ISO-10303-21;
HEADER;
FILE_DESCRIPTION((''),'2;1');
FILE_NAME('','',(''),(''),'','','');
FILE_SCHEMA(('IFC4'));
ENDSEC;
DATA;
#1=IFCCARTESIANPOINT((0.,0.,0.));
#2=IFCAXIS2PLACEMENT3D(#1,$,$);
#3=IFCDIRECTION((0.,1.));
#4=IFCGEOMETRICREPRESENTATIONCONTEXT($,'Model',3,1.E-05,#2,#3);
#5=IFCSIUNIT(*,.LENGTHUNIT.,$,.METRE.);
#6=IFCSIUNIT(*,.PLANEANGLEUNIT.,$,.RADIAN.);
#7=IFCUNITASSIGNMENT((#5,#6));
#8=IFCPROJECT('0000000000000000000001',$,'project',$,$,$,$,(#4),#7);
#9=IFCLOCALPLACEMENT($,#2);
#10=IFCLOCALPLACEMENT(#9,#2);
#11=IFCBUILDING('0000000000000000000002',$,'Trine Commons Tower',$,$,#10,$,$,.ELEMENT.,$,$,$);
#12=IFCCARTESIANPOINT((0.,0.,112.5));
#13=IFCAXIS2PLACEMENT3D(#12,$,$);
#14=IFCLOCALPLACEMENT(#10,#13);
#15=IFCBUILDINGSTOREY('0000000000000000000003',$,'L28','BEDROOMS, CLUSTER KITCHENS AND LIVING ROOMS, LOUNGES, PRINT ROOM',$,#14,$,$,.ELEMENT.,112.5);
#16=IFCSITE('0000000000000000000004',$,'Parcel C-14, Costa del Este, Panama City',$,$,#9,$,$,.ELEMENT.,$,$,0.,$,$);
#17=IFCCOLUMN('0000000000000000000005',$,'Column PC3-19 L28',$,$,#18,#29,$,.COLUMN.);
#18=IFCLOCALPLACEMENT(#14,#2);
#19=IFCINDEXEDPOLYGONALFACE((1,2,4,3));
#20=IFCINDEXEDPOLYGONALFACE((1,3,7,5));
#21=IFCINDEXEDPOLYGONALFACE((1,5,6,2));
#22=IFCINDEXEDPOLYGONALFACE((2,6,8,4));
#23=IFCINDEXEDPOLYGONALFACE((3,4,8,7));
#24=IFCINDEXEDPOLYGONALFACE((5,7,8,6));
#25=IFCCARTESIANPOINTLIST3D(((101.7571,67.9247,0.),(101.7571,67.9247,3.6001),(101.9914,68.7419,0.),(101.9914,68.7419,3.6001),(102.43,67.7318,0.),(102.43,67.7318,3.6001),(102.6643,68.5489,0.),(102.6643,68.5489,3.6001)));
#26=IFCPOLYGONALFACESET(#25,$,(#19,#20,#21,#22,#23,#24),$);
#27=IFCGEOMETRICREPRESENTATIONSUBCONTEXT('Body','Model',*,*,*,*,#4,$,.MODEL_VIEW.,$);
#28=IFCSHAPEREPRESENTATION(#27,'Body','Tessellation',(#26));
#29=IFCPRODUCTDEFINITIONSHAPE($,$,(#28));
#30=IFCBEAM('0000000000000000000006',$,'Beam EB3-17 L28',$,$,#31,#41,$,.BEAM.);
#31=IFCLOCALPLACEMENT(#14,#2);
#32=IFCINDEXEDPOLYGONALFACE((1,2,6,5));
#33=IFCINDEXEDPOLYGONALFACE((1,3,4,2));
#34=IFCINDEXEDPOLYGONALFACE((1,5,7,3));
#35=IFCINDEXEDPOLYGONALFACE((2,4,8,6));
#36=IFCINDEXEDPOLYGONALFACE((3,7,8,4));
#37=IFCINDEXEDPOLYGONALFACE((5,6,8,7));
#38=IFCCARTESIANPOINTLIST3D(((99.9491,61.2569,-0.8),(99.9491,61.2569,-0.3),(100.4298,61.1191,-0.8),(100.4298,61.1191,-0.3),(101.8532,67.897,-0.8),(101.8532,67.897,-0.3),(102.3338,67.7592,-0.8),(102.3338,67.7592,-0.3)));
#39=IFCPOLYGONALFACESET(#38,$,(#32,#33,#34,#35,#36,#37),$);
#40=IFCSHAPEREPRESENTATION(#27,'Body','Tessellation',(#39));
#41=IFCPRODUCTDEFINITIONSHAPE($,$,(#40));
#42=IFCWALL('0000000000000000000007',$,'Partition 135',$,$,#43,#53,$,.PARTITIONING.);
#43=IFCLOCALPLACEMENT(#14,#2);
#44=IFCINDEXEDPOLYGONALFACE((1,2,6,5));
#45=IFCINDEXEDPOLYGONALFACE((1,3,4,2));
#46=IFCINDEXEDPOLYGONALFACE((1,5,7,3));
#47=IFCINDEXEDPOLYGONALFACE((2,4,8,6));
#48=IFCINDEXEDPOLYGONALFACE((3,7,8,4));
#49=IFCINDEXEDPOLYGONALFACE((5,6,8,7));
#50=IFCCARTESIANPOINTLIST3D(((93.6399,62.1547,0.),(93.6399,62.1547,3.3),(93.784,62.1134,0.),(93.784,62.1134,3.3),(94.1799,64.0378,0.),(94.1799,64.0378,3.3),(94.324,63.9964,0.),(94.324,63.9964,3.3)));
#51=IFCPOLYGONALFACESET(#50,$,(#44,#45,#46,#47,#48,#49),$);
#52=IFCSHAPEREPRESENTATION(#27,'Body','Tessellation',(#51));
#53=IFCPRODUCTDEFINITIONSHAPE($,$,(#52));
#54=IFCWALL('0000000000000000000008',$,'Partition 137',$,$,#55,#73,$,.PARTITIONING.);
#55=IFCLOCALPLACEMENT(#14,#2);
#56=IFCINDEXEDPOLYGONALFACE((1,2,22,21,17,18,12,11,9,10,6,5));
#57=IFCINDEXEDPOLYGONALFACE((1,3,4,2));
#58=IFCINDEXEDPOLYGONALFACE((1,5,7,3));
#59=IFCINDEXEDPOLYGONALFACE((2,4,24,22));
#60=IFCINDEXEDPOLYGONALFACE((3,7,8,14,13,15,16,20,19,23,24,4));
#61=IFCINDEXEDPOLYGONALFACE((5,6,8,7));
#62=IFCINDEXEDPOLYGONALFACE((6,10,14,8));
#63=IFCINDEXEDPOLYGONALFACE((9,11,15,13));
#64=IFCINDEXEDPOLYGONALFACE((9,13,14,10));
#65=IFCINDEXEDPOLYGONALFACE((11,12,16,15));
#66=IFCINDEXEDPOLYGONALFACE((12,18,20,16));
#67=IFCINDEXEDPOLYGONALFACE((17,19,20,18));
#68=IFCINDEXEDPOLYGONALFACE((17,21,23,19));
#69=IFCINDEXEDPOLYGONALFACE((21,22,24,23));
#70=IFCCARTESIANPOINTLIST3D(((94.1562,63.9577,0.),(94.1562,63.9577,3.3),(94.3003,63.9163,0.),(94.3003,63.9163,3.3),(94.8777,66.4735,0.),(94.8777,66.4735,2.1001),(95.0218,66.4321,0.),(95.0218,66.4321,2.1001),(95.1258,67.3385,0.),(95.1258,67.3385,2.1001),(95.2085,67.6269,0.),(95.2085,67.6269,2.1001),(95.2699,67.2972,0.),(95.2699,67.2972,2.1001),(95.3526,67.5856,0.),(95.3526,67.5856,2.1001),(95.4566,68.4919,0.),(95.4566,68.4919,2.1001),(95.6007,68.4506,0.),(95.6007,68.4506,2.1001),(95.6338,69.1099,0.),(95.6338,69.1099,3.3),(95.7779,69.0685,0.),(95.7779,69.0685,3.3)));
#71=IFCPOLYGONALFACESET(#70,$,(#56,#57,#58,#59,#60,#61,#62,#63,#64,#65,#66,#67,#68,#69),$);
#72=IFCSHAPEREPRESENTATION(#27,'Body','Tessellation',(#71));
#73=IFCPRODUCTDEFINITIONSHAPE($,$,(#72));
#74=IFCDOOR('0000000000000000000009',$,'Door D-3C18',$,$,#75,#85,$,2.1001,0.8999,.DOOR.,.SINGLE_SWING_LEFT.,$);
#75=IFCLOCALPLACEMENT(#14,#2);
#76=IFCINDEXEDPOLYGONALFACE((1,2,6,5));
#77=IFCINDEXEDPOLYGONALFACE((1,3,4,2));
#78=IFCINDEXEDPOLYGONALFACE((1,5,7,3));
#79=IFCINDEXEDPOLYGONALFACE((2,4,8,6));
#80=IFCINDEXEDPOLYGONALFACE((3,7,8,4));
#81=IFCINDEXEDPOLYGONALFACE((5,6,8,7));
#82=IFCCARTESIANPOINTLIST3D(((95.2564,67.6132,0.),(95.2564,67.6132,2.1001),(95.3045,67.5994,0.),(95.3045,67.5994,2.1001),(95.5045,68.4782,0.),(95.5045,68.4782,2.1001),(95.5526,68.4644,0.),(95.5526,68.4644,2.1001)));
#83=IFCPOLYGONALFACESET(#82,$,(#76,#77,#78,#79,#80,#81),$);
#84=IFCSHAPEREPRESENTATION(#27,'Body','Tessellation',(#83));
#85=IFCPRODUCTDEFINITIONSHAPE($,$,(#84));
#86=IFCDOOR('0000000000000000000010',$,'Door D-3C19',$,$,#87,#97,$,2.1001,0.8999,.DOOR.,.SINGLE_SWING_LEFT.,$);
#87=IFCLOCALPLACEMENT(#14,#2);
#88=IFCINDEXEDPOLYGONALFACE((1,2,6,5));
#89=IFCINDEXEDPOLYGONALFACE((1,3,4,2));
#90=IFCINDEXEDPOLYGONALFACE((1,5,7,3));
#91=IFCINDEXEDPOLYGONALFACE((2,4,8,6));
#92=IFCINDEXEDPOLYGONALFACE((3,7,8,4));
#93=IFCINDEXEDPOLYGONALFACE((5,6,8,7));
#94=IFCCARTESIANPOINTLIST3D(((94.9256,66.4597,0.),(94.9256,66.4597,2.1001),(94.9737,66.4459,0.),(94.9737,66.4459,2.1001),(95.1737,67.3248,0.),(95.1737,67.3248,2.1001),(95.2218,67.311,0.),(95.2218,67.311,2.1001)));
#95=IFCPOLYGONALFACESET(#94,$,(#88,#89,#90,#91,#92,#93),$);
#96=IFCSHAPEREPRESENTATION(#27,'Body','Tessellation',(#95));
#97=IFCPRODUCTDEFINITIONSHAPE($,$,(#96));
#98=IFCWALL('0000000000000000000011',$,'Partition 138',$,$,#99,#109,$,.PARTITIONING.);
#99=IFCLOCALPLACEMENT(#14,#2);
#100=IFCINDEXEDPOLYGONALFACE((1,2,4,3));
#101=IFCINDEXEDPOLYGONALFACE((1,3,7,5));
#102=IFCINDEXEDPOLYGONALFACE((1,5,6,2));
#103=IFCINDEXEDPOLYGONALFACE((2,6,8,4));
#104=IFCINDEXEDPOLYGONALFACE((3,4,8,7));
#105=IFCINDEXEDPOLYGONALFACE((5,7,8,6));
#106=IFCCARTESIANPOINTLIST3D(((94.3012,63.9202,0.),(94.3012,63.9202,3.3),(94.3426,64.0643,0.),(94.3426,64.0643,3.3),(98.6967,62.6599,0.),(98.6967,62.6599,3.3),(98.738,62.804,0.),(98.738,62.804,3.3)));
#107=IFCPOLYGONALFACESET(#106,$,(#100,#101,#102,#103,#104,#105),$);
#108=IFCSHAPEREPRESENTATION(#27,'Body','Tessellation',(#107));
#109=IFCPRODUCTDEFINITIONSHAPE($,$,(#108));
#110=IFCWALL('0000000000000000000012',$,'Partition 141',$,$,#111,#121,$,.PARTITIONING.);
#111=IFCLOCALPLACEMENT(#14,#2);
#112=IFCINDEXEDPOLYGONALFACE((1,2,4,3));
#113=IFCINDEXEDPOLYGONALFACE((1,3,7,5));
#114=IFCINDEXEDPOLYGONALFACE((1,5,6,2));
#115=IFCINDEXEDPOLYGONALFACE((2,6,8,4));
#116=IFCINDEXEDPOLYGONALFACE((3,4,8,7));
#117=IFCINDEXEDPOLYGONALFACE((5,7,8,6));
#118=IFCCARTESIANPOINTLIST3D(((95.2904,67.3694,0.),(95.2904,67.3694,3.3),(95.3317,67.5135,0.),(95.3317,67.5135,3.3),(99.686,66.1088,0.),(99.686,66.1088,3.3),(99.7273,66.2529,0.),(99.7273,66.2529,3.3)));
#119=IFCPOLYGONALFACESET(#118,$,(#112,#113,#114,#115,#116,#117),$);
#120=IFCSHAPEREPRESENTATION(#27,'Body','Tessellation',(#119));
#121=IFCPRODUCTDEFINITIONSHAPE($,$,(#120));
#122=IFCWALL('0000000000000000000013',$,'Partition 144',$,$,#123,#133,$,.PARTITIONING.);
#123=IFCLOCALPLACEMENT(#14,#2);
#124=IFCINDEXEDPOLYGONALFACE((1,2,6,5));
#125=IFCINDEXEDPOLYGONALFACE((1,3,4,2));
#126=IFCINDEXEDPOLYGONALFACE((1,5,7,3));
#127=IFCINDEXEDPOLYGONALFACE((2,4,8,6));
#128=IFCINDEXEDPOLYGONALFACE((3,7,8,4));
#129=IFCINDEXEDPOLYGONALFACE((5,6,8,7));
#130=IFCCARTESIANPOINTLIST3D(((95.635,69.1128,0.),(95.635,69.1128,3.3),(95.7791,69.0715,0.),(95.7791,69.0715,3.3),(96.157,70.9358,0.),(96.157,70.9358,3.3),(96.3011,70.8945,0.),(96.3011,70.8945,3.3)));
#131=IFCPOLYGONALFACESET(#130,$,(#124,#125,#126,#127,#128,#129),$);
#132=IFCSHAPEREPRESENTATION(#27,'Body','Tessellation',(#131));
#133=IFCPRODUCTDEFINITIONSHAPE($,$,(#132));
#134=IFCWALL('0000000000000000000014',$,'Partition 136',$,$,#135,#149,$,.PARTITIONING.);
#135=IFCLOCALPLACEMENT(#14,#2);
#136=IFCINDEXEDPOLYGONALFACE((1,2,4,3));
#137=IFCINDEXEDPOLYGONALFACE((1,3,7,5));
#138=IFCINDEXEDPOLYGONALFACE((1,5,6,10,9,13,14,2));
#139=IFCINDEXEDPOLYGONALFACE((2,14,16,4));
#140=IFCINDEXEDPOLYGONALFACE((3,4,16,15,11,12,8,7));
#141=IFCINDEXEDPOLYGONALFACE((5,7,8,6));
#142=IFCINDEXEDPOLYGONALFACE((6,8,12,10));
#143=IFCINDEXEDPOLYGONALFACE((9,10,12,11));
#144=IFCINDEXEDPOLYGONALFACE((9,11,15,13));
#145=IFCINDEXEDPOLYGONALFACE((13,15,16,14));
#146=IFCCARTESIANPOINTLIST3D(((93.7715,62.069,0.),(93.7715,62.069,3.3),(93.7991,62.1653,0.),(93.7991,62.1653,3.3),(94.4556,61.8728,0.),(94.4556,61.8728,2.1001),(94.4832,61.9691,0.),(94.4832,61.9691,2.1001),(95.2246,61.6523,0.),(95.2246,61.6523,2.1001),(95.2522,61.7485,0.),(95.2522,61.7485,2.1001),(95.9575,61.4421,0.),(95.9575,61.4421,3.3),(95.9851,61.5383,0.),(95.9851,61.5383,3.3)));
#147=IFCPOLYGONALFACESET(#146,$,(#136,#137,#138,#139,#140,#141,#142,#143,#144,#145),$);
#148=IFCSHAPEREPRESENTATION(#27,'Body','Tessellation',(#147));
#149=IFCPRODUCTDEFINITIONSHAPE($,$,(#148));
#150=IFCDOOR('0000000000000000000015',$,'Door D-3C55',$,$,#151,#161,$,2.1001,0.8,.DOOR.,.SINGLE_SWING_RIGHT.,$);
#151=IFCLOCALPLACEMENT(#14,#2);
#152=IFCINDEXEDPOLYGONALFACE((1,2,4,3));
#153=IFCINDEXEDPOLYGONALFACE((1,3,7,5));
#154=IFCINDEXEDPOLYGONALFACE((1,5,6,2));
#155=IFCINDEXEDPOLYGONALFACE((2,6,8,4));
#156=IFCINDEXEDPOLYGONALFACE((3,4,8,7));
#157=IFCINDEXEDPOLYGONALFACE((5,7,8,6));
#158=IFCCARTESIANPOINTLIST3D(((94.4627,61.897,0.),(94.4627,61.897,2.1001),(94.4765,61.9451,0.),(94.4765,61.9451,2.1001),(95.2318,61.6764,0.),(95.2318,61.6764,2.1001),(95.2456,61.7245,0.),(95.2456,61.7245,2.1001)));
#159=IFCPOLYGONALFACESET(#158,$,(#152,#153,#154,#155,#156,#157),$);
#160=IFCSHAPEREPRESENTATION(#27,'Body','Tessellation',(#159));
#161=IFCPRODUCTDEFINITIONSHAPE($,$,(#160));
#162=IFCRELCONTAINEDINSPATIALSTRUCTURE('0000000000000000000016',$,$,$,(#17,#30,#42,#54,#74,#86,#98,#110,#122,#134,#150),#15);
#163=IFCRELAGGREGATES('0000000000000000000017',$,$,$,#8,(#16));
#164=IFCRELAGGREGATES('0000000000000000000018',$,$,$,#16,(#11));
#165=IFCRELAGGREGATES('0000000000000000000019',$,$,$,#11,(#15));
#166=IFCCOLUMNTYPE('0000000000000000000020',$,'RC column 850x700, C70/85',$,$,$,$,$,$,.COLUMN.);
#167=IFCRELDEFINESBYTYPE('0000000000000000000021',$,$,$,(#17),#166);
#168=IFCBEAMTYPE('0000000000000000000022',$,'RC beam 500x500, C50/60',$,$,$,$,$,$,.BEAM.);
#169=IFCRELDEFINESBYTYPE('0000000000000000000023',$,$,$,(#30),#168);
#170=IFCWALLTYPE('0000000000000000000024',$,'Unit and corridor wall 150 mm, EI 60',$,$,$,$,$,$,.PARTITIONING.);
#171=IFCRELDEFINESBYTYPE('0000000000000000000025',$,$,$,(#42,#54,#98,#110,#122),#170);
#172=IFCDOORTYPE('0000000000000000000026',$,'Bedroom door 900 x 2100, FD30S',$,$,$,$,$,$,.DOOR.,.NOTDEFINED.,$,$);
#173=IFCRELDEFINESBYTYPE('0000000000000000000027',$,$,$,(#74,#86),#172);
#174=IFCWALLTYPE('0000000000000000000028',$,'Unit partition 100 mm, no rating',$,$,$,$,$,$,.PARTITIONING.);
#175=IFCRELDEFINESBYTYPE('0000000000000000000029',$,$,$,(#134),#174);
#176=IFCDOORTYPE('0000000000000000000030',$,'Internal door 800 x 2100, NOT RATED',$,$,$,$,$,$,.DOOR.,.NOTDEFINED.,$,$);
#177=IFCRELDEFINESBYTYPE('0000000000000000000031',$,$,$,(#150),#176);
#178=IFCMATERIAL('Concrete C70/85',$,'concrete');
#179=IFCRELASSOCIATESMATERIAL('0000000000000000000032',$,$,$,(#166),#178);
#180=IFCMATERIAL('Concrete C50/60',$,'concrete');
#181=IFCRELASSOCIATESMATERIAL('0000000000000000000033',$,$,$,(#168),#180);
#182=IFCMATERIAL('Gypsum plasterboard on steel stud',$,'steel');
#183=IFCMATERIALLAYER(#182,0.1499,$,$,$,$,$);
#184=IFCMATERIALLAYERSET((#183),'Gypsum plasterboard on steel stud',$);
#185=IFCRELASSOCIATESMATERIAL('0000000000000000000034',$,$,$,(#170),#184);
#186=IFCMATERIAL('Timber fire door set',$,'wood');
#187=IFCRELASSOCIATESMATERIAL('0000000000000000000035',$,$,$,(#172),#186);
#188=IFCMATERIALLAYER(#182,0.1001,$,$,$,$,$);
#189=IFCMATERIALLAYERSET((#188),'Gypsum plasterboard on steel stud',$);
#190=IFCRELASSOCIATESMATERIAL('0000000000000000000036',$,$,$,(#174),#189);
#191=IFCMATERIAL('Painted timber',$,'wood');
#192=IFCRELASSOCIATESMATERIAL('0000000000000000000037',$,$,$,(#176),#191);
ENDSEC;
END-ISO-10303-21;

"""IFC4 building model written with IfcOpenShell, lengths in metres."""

from ifc_helpers import new_model, si_unit, direction, frame, frame_2d, origin, origin_2d, place, context, subcontext, project, spatial, rectangle, extrude, material, layer, layer_set, material_profile, profile_set, type_object, element, fill, save


model = new_model("IFC4")

# Units and contexts
model_context = context("Model", 3, precision=1e-05, world=origin(), true_north=direction((0.0, 1.0)))
body_context = subcontext(model_context, "Body", "Model", "MODEL_VIEW")
ifc_project = project(units=[si_unit("LENGTHUNIT", "METRE"), si_unit("PLANEANGLEUNIT", "RADIAN")], contexts=[model_context])

# Site, building, storey
site_placement = place(None, origin())
site = spatial("IfcSite", under=ifc_project, at=site_placement, Name="Parcel C-14, Costa del Este, Panama City", CompositionType="ELEMENT", RefElevation=0.0)
building_placement = place(site_placement, origin())
building = spatial("IfcBuilding", under=site, at=building_placement, Name="Trine Commons Tower", CompositionType="ELEMENT")
storey_placement = place(building_placement, frame((0.0, 0.0, 112.5)))
storey = spatial("IfcBuildingStorey", under=building, at=storey_placement, Name="L28", Description="BEDROOMS, CLUSTER KITCHENS AND LIVING ROOMS, LOUNGES, PRINT ROOM", CompositionType="ELEMENT", Elevation=112.5)

# Column
ifc_material_1 = material(Name="Concrete C70/85", Category="concrete")
ifc_material_profile_1 = material_profile(ifc_material_1, rectangle(XDim=0.8501, YDim=0.7, at=origin_2d()), Name="RC 850x700")
ifc_profile_set_1 = profile_set([ifc_material_profile_1], Name="Concrete C70/85")
column_type = type_object("IfcColumnType", Name="RC column 850x700, C70/85", PredefinedType="COLUMN", material=ifc_profile_set_1)
column_placement = place(storey_placement, frame((102.2107, 68.2368, 0.0), z_axis=(0.0, 0.0, 1.0), x_axis=(0.275637, 0.961262, 0.0)))
element("IfcColumn", 1, at=column_placement, inside=storey, type_object=column_type, Name="Column PC3-19 L28", PredefinedType="COLUMN", context=body_context, shape_type="SweptSolid", body=[
    extrude(rectangle(XDim=0.8501, YDim=0.7, at=origin_2d()), origin(), (0.0, 0.0, 1.0), 3.6001),
])

# Beam
ifc_material_2 = material(Name="Concrete C50/60", Category="concrete")
ifc_material_profile_2 = material_profile(ifc_material_2, rectangle(XDim=0.5, YDim=0.5, at=origin_2d()), Name="RC 500x500")
ifc_profile_set_2 = profile_set([ifc_material_profile_2], Name="Concrete C50/60")
beam_type = type_object("IfcBeamType", Name="RC beam 500x500, C50/60", PredefinedType="BEAM", material=ifc_profile_set_2)
beam_placement = place(storey_placement, frame((102.0935, 67.8281, -0.55), z_axis=(-0.275641, -0.961261, 0.0), x_axis=(0.961261, -0.275641, 0.0)))
element("IfcBeam", 2, at=beam_placement, inside=storey, type_object=beam_type, Name="Beam EB3-17 L28", PredefinedType="BEAM", context=body_context, shape_type="SweptSolid", body=[
    extrude(rectangle(XDim=0.5, YDim=0.5, at=origin_2d()), origin(), (0.0, 0.0, 1.0), 6.9077),
])

# Wall
ifc_material_3 = material(Name="Gypsum plasterboard on steel stud", Category="steel")
ifc_layer_1 = layer(ifc_material_3, 0.1499)
ifc_layer_set_1 = layer_set([ifc_layer_1], Name="Gypsum plasterboard on steel stud")
wall_type_1 = type_object("IfcWallType", Name="Unit and corridor wall 150 mm, EI 60", PredefinedType="PARTITIONING", material=ifc_layer_set_1)
wall_1_placement = place(storey_placement, frame((93.7119, 62.134, 0.0), z_axis=(0.0, 0.0, 1.0), x_axis=(0.275676, 0.961251, 0.0)))
element("IfcWall", 3, at=wall_1_placement, inside=storey, type_object=wall_type_1, Name="Partition 135", PredefinedType="PARTITIONING", context=body_context, shape_type="SweptSolid", body=[
    extrude(rectangle(XDim=1.959, YDim=0.1499, at=frame_2d((0.9795, 0.0))), origin(), (0.0, 0.0, 1.0), 3.3),
])

# Wall, openings, doors
wall_2_placement = place(storey_placement, frame((94.2283, 63.937, 0.0), z_axis=(0.0, 0.0, 1.0), x_axis=(0.275672, 0.961252, 0.0)))
wall_2 = element("IfcWall", 4, at=wall_2_placement, inside=storey, type_object=wall_type_1, Name="Partition 137", PredefinedType="PARTITIONING", context=body_context, shape_type="SweptSolid", body=[
    extrude(rectangle(XDim=5.3599, YDim=0.1499, at=frame_2d((2.6799, 0.0))), origin(), (0.0, 0.0, 1.0), 3.3),
])
opening_1_placement = place(wall_2_placement, frame((3.8171, 0.0, 0.0)))
opening_1 = element("IfcOpeningElement", 5, at=opening_1_placement, cuts=wall_2, PredefinedType="OPENING", context=body_context, shape_type="SweptSolid", body=[
    extrude(rectangle(XDim=0.8999, YDim=2.1001, at=frame_2d((0.45, 1.05))), frame((0.0, 0.085, 0.0), z_axis=(0.0, -1.0, 0.0), x_axis=(1.0, 0.0, 0.0)), (0.0, 0.0, 1.0), 0.1699),
])
opening_2_placement = place(wall_2_placement, frame((2.6172, 0.0, 0.0)))
opening_2 = element("IfcOpeningElement", 6, at=opening_2_placement, cuts=wall_2, PredefinedType="OPENING", context=body_context, shape_type="SweptSolid", body=[
    extrude(rectangle(XDim=0.8999, YDim=2.1001, at=frame_2d((0.45, 1.05))), frame((0.0, 0.085, 0.0), z_axis=(0.0, -1.0, 0.0), x_axis=(1.0, 0.0, 0.0)), (0.0, 0.0, 1.0), 0.1699),
])
ifc_material_4 = material(Name="Timber fire door set", Category="wood")
door_type_1 = type_object("IfcDoorType", Name="Bedroom door 900 x 2100, FD30S", OperationType="NOTDEFINED", PredefinedType="DOOR", material=ifc_material_4)
door_1_placement = place(opening_1_placement, frame((0.8999, 0.0, 0.0), z_axis=(0.0, 0.0, 1.0), x_axis=(-1.0, 0.0, 0.0)))
door_1 = element("IfcDoor", 7, at=door_1_placement, inside=storey, type_object=door_type_1, Name="Door D-3C18", OperationType="SINGLE_SWING_LEFT", OverallHeight=2.1001, OverallWidth=0.8999, PredefinedType="DOOR", context=body_context, shape_type="SweptSolid", body=[
    extrude(rectangle(XDim=0.8999, YDim=2.1001, at=frame_2d((0.45, 1.05))), frame((0.0, 0.0249, 0.0), z_axis=(0.0, -1.0, 0.0), x_axis=(1.0, 0.0, 0.0)), (0.0, 0.0, 1.0), 0.05),
])
fill(opening_1, door_1)
door_2_placement = place(opening_2_placement, frame((0.8999, 0.0, 0.0), z_axis=(0.0, 0.0, 1.0), x_axis=(-1.0, 0.0, 0.0)))
door_2 = element("IfcDoor", 8, at=door_2_placement, inside=storey, type_object=door_type_1, Name="Door D-3C19", OperationType="SINGLE_SWING_LEFT", OverallHeight=2.1001, OverallWidth=0.8999, PredefinedType="DOOR", context=body_context, shape_type="SweptSolid", body=[
    extrude(rectangle(XDim=0.8999, YDim=2.1001, at=frame_2d((0.45, 1.05))), frame((0.0, 0.0249, 0.0), z_axis=(0.0, -1.0, 0.0), x_axis=(1.0, 0.0, 0.0)), (0.0, 0.0, 1.0), 0.05),
])
fill(opening_2, door_2)

# Walls
wall_3_placement = place(storey_placement, frame((94.322, 63.9922, 0.0), z_axis=(0.0, 0.0, 1.0), x_axis=(0.96127, -0.27561, 0.0)))
element("IfcWall", 9, at=wall_3_placement, inside=storey, type_object=wall_type_1, Name="Partition 138", PredefinedType="PARTITIONING", context=body_context, shape_type="SweptSolid", body=[
    extrude(rectangle(XDim=4.5725, YDim=0.1499, at=frame_2d((2.2861, 0.0))), origin(), (0.0, 0.0, 1.0), 3.3),
])
wall_4_placement = place(storey_placement, frame((95.311, 67.4414, 0.0), z_axis=(0.0, 0.0, 1.0), x_axis=(0.961256, -0.275659, 0.0)))
element("IfcWall", 10, at=wall_4_placement, inside=storey, type_object=wall_type_1, Name="Partition 141", PredefinedType="PARTITIONING", context=body_context, shape_type="SweptSolid", body=[
    extrude(rectangle(XDim=4.5728, YDim=0.1499, at=frame_2d((2.2864, 0.0))), origin(), (0.0, 0.0, 1.0), 3.3),
])
wall_5_placement = place(storey_placement, frame((95.707, 69.092, 0.0), z_axis=(0.0, 0.0, 1.0), x_axis=(0.275265, 0.961368, 0.0)))
element("IfcWall", 11, at=wall_5_placement, inside=storey, type_object=wall_type_1, Name="Partition 144", PredefinedType="PARTITIONING", context=body_context, shape_type="SweptSolid", body=[
    extrude(rectangle(XDim=1.8962, YDim=0.1499, at=frame_2d((0.9482, 0.0))), origin(), (0.0, 0.0, 1.0), 3.3),
])

# Wall, opening, door
ifc_layer_2 = layer(ifc_material_3, 0.1001)
ifc_layer_set_2 = layer_set([ifc_layer_2], Name="Gypsum plasterboard on steel stud")
wall_type_2 = type_object("IfcWallType", Name="Unit partition 100 mm, no rating", PredefinedType="PARTITIONING", material=ifc_layer_set_2)
wall_6_placement = place(storey_placement, frame((93.7852, 62.1172, 0.0), z_axis=(0.0, 0.0, 1.0), x_axis=(0.961248, -0.275685, 0.0)))
wall_6 = element("IfcWall", 12, at=wall_6_placement, inside=storey, type_object=wall_type_2, Name="Partition 136", PredefinedType="PARTITIONING", context=body_context, shape_type="SweptSolid", body=[
    extrude(rectangle(XDim=2.2742, YDim=0.1001, at=frame_2d((1.1372, 0.0))), origin(), (0.0, 0.0, 1.0), 3.3),
])
opening_3_placement = place(wall_6_placement, frame((0.7119, 0.0, 0.0)))
opening_3 = element("IfcOpeningElement", 13, at=opening_3_placement, cuts=wall_6, PredefinedType="OPENING", context=body_context, shape_type="SweptSolid", body=[
    extrude(rectangle(XDim=0.8, YDim=2.1001, at=frame_2d((0.3999, 1.05))), frame((0.0, 0.0601, 0.0), z_axis=(0.0, -1.0, 0.0), x_axis=(1.0, 0.0, 0.0)), (0.0, 0.0, 1.0), 0.1201),
])
ifc_material_5 = material(Name="Painted timber", Category="wood")
door_type_2 = type_object("IfcDoorType", Name="Internal door 800 x 2100, NOT RATED", OperationType="NOTDEFINED", PredefinedType="DOOR", material=ifc_material_5)
door_3_placement = place(opening_3_placement, frame((0.8, 0.0, 0.0), z_axis=(0.0, 0.0, 1.0), x_axis=(-1.0, 0.0, 0.0)))
door_3 = element("IfcDoor", 14, at=door_3_placement, inside=storey, type_object=door_type_2, Name="Door D-3C55", OperationType="SINGLE_SWING_RIGHT", OverallHeight=2.1001, OverallWidth=0.8, PredefinedType="DOOR", context=body_context, shape_type="SweptSolid", body=[
    extrude(rectangle(XDim=0.8, YDim=2.1001, at=frame_2d((0.3999, 1.05))), frame((0.0, 0.0249, 0.0), z_axis=(0.0, -1.0, 0.0), x_axis=(1.0, 0.0, 0.0)), (0.0, 0.0, 1.0), 0.05),
])
fill(opening_3, door_3)

save(model, "model.ifc")
